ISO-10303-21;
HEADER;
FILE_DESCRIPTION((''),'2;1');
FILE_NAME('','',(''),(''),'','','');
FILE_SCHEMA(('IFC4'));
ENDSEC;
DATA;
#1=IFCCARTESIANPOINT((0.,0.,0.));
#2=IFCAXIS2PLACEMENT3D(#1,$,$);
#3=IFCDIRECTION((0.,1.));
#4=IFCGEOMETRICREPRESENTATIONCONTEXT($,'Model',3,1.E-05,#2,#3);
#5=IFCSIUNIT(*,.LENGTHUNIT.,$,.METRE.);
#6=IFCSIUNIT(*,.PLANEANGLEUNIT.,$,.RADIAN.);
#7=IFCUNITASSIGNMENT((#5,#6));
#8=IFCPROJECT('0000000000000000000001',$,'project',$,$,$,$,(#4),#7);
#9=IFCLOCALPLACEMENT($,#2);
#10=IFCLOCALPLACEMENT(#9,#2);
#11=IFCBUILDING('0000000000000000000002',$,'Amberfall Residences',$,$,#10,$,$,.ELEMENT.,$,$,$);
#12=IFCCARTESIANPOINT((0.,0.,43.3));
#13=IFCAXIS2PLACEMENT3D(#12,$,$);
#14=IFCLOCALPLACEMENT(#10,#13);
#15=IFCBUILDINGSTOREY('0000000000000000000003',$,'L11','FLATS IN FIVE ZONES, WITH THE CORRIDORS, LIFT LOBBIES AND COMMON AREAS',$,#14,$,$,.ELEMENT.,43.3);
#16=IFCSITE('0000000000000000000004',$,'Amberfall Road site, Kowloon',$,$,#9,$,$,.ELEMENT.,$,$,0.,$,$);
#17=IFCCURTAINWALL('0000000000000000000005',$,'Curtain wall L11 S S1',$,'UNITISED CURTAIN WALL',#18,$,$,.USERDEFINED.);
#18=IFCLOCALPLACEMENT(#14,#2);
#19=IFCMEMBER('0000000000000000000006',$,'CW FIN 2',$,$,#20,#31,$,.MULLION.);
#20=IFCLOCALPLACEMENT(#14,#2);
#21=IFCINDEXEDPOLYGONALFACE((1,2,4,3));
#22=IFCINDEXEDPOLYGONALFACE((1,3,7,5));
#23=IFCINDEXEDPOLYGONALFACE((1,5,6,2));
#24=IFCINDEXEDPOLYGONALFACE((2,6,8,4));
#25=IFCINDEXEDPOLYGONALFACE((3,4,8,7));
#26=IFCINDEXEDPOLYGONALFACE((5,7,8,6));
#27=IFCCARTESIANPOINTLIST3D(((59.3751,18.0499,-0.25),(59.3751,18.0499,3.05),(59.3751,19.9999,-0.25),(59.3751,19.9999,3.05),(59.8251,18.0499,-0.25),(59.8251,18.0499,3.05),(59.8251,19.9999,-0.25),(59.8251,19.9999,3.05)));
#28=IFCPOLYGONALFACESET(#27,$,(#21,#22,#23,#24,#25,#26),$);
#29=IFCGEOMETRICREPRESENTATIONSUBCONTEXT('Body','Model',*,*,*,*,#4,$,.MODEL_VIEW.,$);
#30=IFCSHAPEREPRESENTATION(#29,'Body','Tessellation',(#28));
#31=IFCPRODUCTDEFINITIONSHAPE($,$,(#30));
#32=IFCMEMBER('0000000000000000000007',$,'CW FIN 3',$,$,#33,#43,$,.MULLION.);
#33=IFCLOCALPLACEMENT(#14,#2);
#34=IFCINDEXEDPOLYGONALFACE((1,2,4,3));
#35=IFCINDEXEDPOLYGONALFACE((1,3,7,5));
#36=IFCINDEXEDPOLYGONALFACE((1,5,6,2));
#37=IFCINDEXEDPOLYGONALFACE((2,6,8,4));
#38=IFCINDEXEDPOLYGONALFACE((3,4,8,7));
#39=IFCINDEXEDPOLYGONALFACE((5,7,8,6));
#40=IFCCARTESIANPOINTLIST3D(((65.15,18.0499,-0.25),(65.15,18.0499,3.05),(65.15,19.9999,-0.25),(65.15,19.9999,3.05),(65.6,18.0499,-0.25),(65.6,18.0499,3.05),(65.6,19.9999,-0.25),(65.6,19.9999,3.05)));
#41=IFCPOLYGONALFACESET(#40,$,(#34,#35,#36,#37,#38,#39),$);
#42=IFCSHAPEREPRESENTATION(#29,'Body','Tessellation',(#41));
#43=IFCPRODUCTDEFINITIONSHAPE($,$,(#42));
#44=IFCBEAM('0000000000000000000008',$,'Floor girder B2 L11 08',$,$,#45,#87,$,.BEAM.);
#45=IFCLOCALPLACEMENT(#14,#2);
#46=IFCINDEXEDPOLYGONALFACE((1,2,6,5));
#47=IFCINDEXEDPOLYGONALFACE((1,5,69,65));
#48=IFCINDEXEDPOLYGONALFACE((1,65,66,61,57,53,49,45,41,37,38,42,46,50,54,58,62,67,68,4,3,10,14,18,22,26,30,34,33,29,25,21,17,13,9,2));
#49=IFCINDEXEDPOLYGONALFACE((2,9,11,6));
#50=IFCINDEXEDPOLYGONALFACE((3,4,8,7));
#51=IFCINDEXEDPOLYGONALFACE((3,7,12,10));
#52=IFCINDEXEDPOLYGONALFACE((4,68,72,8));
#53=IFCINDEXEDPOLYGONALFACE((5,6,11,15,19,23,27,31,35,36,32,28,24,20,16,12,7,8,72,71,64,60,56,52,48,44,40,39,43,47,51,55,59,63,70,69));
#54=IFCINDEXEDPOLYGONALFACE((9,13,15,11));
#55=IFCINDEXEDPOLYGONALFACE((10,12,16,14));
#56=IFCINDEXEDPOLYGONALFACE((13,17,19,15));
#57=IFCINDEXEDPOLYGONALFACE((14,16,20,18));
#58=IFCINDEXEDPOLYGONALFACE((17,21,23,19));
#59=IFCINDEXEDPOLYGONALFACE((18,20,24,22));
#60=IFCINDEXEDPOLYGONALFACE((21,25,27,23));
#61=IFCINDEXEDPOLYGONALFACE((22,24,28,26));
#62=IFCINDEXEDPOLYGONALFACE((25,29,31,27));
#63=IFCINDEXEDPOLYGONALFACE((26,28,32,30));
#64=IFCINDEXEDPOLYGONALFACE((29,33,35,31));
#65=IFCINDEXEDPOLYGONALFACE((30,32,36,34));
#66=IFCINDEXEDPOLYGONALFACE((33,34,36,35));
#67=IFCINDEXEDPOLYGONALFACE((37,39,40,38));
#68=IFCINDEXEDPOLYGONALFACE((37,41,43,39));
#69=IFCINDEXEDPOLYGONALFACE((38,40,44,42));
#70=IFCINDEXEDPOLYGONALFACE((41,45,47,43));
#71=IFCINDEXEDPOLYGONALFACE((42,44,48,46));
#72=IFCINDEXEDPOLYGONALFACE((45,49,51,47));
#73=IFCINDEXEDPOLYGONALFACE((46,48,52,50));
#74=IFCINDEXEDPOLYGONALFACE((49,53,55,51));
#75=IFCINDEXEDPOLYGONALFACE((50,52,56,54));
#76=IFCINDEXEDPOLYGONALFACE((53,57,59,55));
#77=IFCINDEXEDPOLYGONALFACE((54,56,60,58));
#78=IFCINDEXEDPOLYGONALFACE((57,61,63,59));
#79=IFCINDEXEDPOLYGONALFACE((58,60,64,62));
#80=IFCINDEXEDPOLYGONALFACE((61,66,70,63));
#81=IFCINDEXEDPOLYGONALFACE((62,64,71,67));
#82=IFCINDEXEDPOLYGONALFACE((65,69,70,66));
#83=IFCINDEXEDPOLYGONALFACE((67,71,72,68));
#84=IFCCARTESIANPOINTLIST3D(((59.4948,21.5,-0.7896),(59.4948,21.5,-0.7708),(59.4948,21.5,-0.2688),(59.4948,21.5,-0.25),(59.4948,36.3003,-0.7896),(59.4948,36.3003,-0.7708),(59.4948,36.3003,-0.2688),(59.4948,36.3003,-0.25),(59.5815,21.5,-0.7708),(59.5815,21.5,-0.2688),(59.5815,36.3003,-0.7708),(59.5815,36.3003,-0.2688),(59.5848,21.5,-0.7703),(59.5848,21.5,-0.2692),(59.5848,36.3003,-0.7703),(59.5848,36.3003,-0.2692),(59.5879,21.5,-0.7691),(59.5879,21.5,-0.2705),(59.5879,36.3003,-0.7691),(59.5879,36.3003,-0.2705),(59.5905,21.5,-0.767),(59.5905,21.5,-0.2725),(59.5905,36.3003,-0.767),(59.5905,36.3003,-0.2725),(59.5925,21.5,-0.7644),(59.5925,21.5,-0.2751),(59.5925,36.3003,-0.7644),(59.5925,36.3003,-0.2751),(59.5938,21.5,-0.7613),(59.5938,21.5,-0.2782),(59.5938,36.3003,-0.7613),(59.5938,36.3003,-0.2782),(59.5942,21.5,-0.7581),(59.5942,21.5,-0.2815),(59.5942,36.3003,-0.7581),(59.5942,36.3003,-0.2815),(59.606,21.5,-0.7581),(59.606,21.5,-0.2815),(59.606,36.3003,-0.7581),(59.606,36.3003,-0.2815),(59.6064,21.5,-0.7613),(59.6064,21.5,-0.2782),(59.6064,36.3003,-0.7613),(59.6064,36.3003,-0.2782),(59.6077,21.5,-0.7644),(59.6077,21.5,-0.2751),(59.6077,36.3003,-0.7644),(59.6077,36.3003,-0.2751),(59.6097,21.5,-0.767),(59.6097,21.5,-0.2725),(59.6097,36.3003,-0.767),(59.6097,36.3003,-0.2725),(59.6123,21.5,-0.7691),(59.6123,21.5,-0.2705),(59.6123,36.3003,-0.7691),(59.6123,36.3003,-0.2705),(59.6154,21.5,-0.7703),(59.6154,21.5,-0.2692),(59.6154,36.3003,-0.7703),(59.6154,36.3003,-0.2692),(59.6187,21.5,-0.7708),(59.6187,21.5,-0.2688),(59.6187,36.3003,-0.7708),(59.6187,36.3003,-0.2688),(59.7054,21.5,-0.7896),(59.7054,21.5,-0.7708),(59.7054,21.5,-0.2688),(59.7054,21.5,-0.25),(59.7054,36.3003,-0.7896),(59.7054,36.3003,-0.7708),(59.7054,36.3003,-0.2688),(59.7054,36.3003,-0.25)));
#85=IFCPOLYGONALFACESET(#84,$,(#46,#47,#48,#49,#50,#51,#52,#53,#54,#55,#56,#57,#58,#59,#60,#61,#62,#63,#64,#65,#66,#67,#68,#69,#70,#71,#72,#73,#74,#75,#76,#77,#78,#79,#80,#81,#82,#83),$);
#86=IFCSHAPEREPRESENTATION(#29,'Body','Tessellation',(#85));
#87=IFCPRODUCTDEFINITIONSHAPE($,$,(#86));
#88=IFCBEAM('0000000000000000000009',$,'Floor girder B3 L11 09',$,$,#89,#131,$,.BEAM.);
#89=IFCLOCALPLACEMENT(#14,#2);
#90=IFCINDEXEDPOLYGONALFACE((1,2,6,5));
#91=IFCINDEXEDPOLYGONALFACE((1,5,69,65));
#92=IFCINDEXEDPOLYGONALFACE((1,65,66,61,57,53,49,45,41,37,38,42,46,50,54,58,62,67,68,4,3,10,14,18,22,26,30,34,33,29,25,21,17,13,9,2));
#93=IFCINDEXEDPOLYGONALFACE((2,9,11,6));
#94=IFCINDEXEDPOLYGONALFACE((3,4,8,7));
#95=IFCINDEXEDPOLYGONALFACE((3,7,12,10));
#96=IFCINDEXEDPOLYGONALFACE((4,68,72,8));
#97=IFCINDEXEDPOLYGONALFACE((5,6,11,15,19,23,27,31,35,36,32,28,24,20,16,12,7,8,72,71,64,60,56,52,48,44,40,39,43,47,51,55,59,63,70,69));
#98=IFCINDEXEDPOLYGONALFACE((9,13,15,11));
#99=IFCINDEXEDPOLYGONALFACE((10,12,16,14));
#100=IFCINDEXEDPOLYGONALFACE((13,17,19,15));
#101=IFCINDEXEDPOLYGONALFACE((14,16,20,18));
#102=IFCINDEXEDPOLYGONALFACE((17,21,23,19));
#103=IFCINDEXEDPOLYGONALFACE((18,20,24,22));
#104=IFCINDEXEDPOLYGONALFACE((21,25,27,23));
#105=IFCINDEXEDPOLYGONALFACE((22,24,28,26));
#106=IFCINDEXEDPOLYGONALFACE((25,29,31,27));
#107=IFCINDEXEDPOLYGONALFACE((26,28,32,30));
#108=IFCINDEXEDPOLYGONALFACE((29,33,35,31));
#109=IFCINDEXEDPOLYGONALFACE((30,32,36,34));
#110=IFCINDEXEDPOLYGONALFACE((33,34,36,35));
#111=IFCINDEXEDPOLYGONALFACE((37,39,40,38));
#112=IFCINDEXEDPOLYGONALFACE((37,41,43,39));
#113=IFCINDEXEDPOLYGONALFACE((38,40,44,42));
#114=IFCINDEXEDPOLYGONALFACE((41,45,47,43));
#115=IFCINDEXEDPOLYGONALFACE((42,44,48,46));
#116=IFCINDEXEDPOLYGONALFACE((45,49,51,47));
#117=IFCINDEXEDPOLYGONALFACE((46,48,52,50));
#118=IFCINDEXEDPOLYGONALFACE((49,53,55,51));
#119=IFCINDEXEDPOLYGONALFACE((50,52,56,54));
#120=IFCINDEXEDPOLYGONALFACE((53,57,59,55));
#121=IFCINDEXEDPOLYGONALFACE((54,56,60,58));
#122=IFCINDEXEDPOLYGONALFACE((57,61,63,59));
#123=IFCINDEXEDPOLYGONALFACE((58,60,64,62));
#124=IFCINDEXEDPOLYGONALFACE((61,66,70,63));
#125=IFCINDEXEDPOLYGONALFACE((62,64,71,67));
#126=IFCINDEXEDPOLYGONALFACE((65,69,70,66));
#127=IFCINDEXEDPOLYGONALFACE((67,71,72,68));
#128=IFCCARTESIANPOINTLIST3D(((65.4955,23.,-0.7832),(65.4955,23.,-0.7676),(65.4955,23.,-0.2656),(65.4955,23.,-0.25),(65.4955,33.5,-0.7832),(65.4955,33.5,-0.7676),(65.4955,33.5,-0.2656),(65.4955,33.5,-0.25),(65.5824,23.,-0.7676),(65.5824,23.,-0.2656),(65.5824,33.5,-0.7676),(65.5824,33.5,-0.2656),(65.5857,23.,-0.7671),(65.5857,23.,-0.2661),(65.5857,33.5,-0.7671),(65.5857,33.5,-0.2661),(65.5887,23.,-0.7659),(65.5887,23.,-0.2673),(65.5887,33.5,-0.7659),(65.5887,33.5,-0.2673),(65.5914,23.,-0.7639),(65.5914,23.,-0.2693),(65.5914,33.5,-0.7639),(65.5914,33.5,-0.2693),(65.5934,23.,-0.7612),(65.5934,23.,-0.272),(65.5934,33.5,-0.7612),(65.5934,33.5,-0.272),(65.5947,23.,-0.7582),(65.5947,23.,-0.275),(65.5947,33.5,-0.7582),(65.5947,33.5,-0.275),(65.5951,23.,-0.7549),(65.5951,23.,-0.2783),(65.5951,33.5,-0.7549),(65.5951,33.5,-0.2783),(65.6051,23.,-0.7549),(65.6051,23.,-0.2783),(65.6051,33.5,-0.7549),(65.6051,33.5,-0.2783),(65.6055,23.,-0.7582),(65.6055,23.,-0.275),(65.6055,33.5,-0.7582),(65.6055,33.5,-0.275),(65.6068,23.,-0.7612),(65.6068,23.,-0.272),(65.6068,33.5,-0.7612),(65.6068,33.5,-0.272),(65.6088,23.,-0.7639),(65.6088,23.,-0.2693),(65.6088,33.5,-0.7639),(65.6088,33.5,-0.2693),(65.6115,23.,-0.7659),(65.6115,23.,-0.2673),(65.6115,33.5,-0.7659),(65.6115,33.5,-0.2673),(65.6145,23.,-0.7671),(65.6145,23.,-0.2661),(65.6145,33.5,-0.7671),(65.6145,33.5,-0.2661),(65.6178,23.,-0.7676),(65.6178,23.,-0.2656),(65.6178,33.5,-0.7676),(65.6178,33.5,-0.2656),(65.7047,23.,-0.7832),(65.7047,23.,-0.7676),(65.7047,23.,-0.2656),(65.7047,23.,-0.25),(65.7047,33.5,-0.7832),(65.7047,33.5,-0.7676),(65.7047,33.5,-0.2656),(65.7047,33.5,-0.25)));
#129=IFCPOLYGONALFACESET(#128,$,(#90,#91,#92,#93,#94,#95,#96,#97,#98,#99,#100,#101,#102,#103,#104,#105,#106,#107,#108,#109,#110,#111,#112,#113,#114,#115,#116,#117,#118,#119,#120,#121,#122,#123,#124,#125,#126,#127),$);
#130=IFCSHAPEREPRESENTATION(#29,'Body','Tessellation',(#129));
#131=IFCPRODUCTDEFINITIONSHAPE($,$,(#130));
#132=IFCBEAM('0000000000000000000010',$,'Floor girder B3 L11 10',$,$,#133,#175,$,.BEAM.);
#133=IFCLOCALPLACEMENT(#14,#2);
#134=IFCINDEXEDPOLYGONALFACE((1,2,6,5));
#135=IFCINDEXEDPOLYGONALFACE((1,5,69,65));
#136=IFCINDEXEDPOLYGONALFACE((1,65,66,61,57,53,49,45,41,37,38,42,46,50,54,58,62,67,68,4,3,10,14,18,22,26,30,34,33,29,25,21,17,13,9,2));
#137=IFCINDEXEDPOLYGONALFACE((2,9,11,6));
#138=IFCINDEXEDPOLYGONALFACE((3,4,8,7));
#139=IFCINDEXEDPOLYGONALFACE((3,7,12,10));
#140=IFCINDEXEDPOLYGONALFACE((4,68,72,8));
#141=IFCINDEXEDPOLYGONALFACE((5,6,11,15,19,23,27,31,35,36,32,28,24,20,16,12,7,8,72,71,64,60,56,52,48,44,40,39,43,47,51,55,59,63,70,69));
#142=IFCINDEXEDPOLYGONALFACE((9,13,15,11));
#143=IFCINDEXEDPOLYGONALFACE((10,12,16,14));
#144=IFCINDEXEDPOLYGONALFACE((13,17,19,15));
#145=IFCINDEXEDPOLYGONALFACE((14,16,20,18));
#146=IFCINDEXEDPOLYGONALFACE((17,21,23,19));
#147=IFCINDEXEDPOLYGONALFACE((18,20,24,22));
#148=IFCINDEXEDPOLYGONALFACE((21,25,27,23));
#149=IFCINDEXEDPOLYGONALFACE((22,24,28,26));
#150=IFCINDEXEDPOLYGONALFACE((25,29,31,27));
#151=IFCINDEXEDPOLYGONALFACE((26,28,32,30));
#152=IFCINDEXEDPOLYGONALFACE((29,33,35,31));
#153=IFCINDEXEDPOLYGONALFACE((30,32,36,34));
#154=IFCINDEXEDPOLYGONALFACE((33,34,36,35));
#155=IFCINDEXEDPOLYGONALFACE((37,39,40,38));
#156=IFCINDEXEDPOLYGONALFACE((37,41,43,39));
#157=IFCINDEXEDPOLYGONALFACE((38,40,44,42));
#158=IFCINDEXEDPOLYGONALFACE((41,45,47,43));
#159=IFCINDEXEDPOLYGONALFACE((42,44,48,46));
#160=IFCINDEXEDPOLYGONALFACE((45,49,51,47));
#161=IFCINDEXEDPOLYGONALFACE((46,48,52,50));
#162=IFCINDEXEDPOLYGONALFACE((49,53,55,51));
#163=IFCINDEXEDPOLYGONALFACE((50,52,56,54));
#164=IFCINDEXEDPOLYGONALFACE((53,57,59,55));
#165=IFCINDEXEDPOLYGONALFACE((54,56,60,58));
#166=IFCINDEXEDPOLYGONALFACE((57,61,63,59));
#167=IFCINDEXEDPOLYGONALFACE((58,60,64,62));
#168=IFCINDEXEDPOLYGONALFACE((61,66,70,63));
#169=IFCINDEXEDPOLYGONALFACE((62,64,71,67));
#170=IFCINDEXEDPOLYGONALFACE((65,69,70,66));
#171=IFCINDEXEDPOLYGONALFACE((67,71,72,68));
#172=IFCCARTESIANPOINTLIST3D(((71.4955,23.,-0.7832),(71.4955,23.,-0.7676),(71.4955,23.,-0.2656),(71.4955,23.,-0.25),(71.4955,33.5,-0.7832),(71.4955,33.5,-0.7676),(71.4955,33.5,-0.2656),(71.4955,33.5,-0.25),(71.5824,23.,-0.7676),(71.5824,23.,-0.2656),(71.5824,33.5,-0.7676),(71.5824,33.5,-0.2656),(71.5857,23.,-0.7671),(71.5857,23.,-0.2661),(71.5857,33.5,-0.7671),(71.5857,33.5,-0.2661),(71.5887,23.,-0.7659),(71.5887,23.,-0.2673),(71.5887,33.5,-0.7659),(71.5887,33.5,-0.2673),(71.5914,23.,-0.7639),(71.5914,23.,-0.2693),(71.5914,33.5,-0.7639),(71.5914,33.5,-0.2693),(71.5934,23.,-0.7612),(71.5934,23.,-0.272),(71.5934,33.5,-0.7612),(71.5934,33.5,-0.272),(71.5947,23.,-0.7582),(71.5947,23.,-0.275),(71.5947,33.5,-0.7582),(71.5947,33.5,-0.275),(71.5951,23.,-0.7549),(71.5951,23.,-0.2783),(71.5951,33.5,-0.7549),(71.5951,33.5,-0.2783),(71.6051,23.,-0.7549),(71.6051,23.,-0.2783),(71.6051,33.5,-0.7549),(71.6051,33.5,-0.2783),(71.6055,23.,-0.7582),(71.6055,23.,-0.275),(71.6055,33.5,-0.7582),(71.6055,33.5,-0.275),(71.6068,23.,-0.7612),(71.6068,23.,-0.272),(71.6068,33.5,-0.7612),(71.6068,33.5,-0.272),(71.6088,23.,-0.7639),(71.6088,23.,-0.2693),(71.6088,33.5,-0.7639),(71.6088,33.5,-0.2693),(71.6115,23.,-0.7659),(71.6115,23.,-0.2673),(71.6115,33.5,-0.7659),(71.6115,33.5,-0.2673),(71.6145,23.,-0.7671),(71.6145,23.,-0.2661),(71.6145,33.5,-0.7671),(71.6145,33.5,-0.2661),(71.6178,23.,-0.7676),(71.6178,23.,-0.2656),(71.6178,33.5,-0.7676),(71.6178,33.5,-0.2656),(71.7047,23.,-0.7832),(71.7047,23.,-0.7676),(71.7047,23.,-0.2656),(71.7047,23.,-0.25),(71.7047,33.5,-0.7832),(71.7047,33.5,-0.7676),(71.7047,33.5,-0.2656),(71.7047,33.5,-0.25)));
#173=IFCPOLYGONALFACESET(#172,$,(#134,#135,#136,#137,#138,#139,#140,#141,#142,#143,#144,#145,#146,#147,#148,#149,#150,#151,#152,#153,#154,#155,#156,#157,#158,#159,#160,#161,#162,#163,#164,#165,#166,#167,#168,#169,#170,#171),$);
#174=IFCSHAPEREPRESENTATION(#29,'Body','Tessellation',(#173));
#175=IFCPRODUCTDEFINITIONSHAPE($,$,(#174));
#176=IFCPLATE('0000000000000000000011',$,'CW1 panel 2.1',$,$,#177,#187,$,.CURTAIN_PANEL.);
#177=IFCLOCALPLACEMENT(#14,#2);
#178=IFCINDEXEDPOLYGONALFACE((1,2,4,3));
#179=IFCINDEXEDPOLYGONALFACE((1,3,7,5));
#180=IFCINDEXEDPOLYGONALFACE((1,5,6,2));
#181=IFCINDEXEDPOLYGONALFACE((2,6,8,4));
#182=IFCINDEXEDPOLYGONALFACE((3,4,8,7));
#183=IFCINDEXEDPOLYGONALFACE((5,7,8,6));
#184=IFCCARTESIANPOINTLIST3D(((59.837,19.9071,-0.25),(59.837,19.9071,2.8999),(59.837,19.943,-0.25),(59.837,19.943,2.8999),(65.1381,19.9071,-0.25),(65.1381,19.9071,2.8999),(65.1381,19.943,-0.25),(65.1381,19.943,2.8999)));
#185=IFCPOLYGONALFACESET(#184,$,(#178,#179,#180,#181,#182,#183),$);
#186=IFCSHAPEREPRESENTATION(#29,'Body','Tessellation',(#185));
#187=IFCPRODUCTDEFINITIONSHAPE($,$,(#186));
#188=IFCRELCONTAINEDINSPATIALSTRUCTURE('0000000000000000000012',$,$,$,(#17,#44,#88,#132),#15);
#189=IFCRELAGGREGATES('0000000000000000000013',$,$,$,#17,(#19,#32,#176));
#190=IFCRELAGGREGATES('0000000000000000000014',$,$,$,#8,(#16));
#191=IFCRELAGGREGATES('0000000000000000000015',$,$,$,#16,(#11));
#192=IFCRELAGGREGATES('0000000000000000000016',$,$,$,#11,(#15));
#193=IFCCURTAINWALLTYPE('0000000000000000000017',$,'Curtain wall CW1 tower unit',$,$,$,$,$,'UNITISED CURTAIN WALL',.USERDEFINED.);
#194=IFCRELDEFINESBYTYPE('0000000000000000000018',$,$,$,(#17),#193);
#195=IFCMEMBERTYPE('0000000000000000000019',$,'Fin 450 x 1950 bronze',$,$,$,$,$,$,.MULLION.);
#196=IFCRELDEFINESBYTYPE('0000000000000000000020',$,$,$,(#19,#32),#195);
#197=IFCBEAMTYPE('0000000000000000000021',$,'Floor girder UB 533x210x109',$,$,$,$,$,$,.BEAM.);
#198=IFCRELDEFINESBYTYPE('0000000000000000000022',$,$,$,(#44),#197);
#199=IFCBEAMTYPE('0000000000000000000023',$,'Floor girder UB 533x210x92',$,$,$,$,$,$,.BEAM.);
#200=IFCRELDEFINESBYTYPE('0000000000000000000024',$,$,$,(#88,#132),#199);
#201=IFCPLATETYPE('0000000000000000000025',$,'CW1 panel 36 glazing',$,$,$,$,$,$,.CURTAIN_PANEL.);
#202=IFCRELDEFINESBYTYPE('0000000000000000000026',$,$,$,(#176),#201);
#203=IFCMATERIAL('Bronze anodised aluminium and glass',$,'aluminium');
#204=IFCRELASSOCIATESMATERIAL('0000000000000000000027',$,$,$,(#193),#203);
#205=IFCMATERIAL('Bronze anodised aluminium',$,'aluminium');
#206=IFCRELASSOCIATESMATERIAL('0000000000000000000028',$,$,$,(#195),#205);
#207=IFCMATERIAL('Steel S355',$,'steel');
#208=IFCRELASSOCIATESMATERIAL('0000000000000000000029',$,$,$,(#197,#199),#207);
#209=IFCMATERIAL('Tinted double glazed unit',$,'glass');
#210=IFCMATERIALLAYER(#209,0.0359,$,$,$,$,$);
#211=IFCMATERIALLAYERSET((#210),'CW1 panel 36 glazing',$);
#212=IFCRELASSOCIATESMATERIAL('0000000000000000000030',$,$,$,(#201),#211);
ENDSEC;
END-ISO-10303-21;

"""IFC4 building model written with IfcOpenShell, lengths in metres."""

from ifc_helpers import new_model, si_unit, direction, frame, origin, origin_2d, place, context, subcontext, project, spatial, rectangle, i_section, extrude, material, layer, layer_set, material_profile, profile_set, type_object, element, aggregate, save


model = new_model("IFC4")

# Units and contexts
model_context = context("Model", 3, precision=1e-05, world=origin(), true_north=direction((0.0, 1.0)))
body_context = subcontext(model_context, "Body", "Model", "MODEL_VIEW")
ifc_project = project(units=[si_unit("LENGTHUNIT", "METRE"), si_unit("PLANEANGLEUNIT", "RADIAN")], contexts=[model_context])

# Site, building, storey
site_placement = place(None, origin())
site = spatial("IfcSite", under=ifc_project, at=site_placement, Name="Amberfall Road site, Kowloon", CompositionType="ELEMENT", RefElevation=0.0)
building_placement = place(site_placement, origin())
building = spatial("IfcBuilding", under=site, at=building_placement, Name="Amberfall Residences", CompositionType="ELEMENT")
storey_placement = place(building_placement, frame((0.0, 0.0, 43.3)))
storey = spatial("IfcBuildingStorey", under=building, at=storey_placement, Name="L11", Description="FLATS IN FIVE ZONES, WITH THE CORRIDORS, LIFT LOBBIES AND COMMON AREAS", CompositionType="ELEMENT", Elevation=43.3)

# Curtain wall
ifc_material_1 = material(Name="Bronze anodised aluminium and glass", Category="aluminium")
curtain_wall_type = type_object("IfcCurtainWallType", Name="Curtain wall CW1 tower unit", ElementType="UNITISED CURTAIN WALL", PredefinedType="USERDEFINED", material=ifc_material_1)
curtain_wall_placement = place(storey_placement, origin())
curtain_wall = element("IfcCurtainWall", 1, at=curtain_wall_placement, inside=storey, type_object=curtain_wall_type, Name="Curtain wall L11 S S1", ObjectType="UNITISED CURTAIN WALL", PredefinedType="USERDEFINED")
ifc_material_2 = material(Name="Bronze anodised aluminium", Category="aluminium")

# Shared definitions
ifc_material_3 = material(Name="Steel S355", Category="steel")

# Members
ifc_material_profile_1 = material_profile(ifc_material_2, rectangle(XDim=1.95, YDim=0.45, at=origin_2d()), Name="Fin 450 x 1950 bronze")
ifc_profile_set_1 = profile_set([ifc_material_profile_1], Name="Bronze anodised aluminium")
member_type_1 = type_object("IfcMemberType", Name="Fin 450 x 1950 bronze", PredefinedType="MULLION", material=ifc_profile_set_1)
member_1_placement = place(storey_placement, frame((59.6001, 19.0249, -0.25), z_axis=(0.0, 0.0, 1.0), x_axis=(0.0, 1.0, 0.0)))
member_1 = element("IfcMember", 2, at=member_1_placement, type_object=member_type_1, Name="CW FIN 2", PredefinedType="MULLION", context=body_context, shape_type="SweptSolid", body=[
    extrude(rectangle(XDim=1.95, YDim=0.45, at=origin_2d()), origin(), (0.0, 0.0, 1.0), 3.3),
])
member_2_placement = place(storey_placement, frame((65.375, 19.0249, -0.25), z_axis=(0.0, 0.0, 1.0), x_axis=(0.0, 1.0, 0.0)))
member_2 = element("IfcMember", 3, at=member_2_placement, type_object=member_type_1, Name="CW FIN 3", PredefinedType="MULLION", context=body_context, shape_type="SweptSolid", body=[
    extrude(rectangle(XDim=1.95, YDim=0.45, at=origin_2d()), origin(), (0.0, 0.0, 1.0), 3.3),
])

# Beams
ifc_material_profile_2 = material_profile(ifc_material_3, i_section(OverallWidth=0.2107, OverallDepth=0.5396, WebThickness=0.0117, FlangeThickness=0.0188, FilletRadius=0.0127, at=origin_2d()), Name="UB 533x210x109")
ifc_profile_set_2 = profile_set([ifc_material_profile_2], Name="Steel S355")
beam_type_1 = type_object("IfcBeamType", Name="Floor girder UB 533x210x109", PredefinedType="BEAM", material=ifc_profile_set_2)
beam_1_placement = place(storey_placement, frame((59.6001, 21.5, -0.5198), z_axis=(0.0, 1.0, 0.0), x_axis=(-1.0, 0.0, 0.0)))
element("IfcBeam", 4, at=beam_1_placement, inside=storey, type_object=beam_type_1, Name="Floor girder B2 L11 08", PredefinedType="BEAM", context=body_context, shape_type="SweptSolid", body=[
    extrude(i_section(OverallWidth=0.2107, OverallDepth=0.5396, WebThickness=0.0117, FlangeThickness=0.0188, FilletRadius=0.0127, at=origin_2d()), origin(), (0.0, 0.0, 1.0), 14.8003),
])
ifc_material_profile_3 = material_profile(ifc_material_3, i_section(OverallWidth=0.2092, OverallDepth=0.5332, WebThickness=0.01, FlangeThickness=0.0156, FilletRadius=0.0127, at=origin_2d()), Name="UB 533x210x92")
ifc_profile_set_3 = profile_set([ifc_material_profile_3], Name="Steel S355")
beam_type_2 = type_object("IfcBeamType", Name="Floor girder UB 533x210x92", PredefinedType="BEAM", material=ifc_profile_set_3)
for number, where, z_axis, x_axis, name in (
    (5, (65.6001, 23.0, -0.5166), (0.0, 1.0, 0.0), (-1.0, 0.0, 0.0), "Floor girder B3 L11 09"),
    (6, (71.6001, 23.0, -0.5166), (0.0, 1.0, 0.0), (-1.0, 0.0, 0.0), "Floor girder B3 L11 10"),
):
    element("IfcBeam", number, at=place(storey_placement, frame(where, z_axis=z_axis, x_axis=x_axis)), inside=storey, type_object=beam_type_2, Name=name, PredefinedType="BEAM", context=body_context, shape_type="SweptSolid", body=[
        extrude(i_section(OverallWidth=0.2092, OverallDepth=0.5332, WebThickness=0.01, FlangeThickness=0.0156, FilletRadius=0.0127, at=origin_2d()), origin(), (0.0, 0.0, 1.0), 10.5),
    ])

# Plate
ifc_material_4 = material(Name="Tinted double glazed unit", Category="glass")
ifc_layer_1 = layer(ifc_material_4, 0.0359)
ifc_layer_set_1 = layer_set([ifc_layer_1], Name="CW1 panel 36 glazing")
plate_type = type_object("IfcPlateType", Name="CW1 panel 36 glazing", PredefinedType="CURTAIN_PANEL", material=ifc_layer_set_1)
plate_placement = place(storey_placement, frame((62.4875, 19.925, -0.25), z_axis=(0.0, 0.0, 1.0), x_axis=(1.0, 0.0, 0.0)))
plate = element("IfcPlate", 7, at=plate_placement, type_object=plate_type, Name="CW1 panel 2.1", PredefinedType="CURTAIN_PANEL", context=body_context, shape_type="SweptSolid", body=[
    extrude(rectangle(XDim=5.301, YDim=0.0359, at=origin_2d()), origin(), (0.0, 0.0, 1.0), 3.1499),
])
aggregate(curtain_wall, [member_1, member_2, plate])

save(model, "model.ifc")
